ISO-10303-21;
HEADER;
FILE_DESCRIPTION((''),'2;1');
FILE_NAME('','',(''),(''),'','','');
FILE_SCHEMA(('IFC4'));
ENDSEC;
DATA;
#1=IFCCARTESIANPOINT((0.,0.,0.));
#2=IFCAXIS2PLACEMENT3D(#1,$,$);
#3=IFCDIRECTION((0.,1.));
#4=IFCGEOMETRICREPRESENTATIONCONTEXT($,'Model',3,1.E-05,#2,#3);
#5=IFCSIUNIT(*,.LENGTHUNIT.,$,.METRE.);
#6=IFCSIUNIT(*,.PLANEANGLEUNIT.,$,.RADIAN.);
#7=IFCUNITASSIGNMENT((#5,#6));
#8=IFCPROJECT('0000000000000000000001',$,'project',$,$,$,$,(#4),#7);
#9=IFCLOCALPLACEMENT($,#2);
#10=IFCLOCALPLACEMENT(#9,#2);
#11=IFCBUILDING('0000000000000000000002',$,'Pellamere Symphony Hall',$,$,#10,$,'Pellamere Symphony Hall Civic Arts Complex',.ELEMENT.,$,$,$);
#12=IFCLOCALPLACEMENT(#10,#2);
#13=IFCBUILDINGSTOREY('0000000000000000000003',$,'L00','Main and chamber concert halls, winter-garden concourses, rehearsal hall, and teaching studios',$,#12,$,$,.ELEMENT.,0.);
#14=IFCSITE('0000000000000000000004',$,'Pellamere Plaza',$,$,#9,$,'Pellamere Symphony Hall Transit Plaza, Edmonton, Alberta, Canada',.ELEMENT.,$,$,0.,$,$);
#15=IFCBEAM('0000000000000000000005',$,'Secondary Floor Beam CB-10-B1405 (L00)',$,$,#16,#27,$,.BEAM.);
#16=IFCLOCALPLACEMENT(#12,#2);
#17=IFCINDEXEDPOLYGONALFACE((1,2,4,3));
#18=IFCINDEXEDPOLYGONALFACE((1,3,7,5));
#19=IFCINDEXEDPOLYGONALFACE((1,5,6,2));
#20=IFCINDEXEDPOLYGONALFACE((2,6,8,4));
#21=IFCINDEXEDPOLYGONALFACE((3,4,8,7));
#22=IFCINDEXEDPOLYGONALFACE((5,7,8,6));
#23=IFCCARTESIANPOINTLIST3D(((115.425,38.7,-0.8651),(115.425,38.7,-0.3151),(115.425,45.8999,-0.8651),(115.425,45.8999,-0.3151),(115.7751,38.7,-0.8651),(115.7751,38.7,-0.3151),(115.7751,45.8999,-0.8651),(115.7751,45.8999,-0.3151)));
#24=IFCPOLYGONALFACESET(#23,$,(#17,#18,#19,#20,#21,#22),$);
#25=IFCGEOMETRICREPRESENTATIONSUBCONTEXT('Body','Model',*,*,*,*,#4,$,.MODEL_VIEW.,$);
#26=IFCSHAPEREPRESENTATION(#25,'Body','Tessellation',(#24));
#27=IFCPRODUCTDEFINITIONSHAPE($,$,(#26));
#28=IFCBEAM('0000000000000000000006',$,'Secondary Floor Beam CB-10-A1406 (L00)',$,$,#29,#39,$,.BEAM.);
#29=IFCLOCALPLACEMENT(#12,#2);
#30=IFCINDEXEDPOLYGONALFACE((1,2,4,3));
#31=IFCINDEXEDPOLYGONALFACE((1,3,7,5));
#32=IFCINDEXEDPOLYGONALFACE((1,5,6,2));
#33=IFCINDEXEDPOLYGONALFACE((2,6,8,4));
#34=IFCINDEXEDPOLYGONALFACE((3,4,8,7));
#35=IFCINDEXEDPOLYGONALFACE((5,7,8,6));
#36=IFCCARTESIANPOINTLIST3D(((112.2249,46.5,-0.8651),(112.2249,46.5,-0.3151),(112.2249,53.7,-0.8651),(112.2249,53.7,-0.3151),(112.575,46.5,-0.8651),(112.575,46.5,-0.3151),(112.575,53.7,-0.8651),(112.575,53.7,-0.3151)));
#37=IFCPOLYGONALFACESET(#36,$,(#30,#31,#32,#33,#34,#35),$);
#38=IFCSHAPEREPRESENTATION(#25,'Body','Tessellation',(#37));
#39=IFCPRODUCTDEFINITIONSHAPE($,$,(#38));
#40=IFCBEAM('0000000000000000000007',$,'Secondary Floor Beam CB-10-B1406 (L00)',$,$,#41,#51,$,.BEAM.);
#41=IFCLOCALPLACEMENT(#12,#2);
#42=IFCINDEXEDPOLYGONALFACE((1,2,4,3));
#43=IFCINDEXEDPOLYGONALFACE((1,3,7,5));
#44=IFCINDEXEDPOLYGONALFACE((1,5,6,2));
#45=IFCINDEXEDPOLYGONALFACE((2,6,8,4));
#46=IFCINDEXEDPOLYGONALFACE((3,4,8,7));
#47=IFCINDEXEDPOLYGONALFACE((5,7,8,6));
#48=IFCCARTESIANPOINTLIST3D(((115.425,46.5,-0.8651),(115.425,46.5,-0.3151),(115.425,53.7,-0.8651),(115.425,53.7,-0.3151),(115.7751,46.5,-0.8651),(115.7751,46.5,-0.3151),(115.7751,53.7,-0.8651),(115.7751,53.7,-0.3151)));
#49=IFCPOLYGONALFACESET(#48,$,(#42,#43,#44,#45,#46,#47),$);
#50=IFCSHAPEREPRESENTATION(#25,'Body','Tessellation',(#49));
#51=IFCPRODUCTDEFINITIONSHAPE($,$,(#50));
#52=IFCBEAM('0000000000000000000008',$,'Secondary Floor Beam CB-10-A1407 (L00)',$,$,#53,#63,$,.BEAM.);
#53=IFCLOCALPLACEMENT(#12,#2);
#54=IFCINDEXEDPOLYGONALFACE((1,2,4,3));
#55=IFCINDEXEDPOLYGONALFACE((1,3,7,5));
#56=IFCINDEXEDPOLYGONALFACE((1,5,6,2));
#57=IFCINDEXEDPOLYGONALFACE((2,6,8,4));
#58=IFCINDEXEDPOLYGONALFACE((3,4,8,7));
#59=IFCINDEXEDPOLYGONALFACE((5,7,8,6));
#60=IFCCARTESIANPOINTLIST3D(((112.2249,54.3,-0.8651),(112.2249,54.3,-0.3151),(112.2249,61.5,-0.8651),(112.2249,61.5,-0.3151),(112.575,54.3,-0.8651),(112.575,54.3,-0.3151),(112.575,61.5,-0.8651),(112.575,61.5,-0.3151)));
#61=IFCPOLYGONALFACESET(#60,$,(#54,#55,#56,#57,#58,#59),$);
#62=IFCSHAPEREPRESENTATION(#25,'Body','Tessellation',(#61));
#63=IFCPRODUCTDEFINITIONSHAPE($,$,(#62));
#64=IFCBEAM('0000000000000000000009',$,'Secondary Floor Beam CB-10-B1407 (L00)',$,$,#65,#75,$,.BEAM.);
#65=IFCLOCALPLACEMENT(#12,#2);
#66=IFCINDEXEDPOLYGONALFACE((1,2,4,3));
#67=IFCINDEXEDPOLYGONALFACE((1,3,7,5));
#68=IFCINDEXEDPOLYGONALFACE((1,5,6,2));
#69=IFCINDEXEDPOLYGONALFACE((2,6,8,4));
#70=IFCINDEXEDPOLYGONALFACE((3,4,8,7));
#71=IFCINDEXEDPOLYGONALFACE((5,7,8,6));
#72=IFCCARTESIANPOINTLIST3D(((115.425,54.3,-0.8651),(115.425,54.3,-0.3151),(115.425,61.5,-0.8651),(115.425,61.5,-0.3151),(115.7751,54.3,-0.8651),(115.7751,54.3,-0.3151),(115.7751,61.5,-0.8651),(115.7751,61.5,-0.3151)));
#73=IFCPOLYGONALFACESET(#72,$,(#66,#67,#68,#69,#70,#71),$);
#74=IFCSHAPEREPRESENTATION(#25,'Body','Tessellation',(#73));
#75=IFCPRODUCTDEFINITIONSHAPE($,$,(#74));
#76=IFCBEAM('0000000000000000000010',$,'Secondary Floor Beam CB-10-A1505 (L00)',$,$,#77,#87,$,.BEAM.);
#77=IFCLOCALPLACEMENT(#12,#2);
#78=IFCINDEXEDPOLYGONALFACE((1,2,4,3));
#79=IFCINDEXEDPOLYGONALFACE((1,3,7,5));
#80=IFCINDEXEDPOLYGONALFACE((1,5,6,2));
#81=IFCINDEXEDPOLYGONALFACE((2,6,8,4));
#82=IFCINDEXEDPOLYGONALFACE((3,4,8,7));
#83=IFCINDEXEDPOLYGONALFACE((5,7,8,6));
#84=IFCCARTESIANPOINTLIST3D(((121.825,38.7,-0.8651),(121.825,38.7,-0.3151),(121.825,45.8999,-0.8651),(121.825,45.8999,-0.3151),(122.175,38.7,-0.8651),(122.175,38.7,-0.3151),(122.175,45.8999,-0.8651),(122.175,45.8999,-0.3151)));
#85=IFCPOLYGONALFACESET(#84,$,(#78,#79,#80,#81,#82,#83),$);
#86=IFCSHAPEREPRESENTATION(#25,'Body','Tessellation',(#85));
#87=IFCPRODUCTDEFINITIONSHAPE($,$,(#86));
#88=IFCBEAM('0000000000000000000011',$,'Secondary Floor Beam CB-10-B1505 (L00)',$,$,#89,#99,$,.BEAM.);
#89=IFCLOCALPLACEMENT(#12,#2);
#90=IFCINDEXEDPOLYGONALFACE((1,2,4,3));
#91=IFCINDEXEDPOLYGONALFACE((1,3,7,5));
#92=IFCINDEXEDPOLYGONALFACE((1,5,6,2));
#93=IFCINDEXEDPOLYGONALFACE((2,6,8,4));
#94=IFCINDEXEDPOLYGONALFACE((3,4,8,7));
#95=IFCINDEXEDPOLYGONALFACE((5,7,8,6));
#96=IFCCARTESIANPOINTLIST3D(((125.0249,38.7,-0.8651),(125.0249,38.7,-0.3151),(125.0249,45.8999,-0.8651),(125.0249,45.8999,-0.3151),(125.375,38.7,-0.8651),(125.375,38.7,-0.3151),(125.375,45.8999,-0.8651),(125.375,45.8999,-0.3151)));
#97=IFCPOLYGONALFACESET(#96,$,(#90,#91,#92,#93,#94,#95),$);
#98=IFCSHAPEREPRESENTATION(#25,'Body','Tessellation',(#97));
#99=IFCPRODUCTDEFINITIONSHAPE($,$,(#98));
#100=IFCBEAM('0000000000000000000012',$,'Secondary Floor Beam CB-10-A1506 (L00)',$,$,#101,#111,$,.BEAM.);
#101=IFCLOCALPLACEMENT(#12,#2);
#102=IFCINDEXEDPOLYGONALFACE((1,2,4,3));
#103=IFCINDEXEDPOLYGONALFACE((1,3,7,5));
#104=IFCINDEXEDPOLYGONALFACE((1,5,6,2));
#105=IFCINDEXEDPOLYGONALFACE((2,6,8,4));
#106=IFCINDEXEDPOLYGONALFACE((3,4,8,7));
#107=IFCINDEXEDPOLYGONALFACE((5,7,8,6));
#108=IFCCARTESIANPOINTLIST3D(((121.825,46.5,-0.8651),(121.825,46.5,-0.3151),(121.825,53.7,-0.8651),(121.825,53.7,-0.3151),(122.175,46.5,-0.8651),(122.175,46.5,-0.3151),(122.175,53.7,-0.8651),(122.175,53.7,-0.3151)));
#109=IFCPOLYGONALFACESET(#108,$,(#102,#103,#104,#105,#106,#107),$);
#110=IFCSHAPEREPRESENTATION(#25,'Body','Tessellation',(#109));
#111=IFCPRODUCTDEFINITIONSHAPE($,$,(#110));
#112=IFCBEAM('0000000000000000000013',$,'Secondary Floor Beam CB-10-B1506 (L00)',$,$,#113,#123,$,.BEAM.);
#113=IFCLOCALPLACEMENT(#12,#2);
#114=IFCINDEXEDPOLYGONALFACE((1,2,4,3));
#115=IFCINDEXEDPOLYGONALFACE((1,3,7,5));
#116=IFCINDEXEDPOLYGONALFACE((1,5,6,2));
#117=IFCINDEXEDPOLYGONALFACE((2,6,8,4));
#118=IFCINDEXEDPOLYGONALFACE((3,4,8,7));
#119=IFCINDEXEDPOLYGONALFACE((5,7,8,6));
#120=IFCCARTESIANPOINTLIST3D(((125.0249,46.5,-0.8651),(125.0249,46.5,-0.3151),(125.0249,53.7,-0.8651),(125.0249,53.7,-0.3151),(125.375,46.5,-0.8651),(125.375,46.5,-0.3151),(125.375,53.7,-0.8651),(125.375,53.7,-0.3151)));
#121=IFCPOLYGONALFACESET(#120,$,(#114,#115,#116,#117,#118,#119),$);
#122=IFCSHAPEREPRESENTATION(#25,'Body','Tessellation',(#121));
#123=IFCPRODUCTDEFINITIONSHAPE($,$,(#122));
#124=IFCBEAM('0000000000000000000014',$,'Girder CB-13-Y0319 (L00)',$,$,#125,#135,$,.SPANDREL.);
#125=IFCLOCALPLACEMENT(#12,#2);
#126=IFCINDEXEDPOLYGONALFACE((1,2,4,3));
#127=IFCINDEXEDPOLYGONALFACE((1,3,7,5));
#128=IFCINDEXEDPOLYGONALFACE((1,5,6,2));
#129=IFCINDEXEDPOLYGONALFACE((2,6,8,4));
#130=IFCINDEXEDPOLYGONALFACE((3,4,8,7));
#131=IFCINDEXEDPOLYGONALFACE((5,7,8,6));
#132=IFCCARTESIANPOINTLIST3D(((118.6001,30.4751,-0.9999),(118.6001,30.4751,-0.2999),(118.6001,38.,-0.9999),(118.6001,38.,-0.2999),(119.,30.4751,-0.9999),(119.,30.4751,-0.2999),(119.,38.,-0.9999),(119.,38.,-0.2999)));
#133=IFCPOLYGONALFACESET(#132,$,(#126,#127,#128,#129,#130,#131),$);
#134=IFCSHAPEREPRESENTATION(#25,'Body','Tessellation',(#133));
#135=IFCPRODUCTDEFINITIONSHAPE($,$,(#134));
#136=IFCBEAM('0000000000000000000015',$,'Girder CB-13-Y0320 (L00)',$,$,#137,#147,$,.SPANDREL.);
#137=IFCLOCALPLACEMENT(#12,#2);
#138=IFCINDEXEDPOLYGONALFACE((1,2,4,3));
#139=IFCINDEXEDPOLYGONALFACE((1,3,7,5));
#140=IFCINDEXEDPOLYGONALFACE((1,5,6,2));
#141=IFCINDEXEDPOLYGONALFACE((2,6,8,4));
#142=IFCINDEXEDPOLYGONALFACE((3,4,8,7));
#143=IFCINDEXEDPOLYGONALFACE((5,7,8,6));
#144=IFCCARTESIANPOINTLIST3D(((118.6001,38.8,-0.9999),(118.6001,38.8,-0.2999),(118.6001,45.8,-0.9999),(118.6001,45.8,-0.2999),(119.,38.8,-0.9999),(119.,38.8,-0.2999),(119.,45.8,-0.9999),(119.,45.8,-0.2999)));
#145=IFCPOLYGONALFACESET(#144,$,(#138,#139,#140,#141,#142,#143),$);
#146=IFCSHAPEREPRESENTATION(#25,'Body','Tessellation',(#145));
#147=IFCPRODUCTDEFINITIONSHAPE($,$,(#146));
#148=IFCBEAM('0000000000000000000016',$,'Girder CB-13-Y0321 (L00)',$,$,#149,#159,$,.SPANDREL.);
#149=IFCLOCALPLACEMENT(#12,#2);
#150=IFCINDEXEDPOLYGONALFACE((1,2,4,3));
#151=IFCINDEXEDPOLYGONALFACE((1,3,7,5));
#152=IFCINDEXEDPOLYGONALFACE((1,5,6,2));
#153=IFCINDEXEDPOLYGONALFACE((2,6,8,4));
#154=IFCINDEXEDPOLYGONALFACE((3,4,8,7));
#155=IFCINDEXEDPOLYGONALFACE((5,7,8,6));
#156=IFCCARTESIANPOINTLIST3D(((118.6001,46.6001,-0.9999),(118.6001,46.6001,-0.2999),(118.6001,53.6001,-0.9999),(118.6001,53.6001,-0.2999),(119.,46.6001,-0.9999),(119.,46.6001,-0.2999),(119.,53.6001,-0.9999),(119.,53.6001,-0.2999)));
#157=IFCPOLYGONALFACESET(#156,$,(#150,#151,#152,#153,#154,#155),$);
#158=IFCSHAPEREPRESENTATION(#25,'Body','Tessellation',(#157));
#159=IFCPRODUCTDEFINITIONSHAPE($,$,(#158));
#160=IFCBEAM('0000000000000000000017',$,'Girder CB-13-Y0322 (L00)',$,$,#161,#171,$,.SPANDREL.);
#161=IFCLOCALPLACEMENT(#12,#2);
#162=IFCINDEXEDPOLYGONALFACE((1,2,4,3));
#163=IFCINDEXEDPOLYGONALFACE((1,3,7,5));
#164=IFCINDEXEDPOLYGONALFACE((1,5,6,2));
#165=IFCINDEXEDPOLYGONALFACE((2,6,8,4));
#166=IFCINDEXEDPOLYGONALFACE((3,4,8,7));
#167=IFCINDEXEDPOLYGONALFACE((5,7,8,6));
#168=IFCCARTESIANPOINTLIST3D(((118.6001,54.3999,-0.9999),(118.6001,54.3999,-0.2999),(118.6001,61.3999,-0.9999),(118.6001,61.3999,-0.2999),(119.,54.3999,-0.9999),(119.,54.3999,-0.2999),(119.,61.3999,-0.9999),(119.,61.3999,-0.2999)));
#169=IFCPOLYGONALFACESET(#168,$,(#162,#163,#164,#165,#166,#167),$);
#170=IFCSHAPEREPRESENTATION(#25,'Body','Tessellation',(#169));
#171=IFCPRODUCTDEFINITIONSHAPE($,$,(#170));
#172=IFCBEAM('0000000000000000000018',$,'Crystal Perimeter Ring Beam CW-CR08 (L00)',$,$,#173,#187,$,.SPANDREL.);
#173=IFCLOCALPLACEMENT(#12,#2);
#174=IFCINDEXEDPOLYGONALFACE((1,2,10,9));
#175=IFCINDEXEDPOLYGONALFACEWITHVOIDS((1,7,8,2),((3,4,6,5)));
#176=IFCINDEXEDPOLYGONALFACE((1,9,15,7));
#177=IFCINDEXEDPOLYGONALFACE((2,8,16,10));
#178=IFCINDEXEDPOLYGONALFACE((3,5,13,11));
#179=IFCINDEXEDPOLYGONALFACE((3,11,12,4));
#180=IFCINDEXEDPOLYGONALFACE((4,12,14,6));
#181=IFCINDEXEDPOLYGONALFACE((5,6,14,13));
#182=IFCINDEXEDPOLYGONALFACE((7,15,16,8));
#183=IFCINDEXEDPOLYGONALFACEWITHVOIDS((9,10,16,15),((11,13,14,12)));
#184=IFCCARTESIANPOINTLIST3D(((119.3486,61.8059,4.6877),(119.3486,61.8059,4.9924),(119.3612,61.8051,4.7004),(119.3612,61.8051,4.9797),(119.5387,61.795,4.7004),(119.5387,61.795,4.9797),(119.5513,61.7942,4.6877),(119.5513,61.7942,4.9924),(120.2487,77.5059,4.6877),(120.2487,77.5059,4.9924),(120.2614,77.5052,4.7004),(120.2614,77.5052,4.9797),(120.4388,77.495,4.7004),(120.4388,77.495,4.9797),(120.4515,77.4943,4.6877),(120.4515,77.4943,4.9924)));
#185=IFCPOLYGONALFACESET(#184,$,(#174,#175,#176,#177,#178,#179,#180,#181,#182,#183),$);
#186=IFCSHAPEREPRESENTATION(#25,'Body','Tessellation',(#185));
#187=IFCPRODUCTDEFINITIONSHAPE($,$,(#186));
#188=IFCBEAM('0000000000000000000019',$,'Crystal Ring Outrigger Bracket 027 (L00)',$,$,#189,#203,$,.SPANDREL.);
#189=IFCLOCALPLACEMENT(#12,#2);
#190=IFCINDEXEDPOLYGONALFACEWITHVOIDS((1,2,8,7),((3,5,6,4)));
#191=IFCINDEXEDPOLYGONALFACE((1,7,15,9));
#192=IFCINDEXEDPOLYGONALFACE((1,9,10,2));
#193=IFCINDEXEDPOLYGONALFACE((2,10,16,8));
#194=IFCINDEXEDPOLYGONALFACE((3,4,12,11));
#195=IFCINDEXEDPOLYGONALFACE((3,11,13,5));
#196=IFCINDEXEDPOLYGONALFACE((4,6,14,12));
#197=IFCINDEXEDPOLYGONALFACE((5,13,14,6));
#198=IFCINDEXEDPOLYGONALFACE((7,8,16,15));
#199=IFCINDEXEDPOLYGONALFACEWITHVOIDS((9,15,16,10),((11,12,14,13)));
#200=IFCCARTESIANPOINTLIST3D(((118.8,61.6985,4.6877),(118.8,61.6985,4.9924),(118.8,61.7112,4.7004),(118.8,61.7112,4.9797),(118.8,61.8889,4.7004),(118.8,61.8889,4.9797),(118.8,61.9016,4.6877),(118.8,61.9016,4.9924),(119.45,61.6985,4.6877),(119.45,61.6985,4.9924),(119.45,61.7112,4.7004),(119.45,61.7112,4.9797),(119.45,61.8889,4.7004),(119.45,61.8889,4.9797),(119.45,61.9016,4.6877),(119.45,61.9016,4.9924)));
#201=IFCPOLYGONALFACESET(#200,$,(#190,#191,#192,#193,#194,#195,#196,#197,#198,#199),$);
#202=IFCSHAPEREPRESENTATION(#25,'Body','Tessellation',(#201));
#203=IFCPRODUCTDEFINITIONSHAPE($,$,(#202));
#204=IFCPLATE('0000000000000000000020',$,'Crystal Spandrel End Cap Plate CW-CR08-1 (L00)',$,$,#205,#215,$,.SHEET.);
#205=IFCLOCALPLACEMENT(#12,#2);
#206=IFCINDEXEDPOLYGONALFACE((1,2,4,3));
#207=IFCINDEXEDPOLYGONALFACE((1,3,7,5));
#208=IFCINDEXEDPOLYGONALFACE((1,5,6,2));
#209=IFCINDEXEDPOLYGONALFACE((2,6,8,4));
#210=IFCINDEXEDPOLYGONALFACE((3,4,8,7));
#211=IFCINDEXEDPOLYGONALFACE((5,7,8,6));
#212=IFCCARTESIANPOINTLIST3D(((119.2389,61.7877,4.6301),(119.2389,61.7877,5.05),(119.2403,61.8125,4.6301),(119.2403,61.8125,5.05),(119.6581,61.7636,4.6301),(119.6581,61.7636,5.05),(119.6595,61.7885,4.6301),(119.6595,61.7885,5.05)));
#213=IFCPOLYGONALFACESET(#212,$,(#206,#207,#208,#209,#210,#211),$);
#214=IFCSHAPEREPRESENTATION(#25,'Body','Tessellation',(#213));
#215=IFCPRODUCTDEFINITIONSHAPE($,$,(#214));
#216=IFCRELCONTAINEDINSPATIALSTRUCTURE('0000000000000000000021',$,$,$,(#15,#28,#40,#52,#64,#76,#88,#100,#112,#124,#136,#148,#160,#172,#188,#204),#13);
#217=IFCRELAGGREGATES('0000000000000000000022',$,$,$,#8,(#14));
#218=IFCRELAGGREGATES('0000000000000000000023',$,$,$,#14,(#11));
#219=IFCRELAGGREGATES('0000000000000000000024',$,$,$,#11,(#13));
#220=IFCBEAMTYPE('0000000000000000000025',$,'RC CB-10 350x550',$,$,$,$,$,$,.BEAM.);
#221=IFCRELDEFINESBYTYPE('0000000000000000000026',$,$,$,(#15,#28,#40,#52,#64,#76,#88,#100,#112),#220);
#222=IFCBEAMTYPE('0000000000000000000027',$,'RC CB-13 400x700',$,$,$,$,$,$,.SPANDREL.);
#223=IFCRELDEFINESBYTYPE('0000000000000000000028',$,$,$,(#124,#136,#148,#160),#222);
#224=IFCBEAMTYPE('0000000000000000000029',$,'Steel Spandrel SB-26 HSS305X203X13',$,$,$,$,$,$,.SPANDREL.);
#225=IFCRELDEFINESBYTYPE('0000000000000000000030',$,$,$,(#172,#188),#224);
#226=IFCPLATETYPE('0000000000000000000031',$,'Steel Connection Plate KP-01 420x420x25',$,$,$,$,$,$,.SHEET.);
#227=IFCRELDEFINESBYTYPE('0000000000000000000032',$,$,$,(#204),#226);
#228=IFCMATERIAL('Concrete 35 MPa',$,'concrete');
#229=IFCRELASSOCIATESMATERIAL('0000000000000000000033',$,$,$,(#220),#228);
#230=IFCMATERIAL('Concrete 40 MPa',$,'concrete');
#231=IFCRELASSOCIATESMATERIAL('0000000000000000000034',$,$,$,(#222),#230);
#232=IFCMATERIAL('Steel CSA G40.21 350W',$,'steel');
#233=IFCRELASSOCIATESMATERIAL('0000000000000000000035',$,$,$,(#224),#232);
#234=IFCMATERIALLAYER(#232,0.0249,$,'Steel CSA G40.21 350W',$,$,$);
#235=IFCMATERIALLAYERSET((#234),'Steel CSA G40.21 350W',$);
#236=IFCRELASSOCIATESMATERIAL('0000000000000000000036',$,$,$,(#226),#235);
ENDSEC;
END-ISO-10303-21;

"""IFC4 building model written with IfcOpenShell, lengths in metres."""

from ifc_helpers import new_model, si_unit, direction, frame, origin, origin_2d, place, context, subcontext, project, spatial, rectangle, hollow_rectangle, extrude, material, layer, layer_set, material_profile, profile_set, type_object, element, save


model = new_model("IFC4")

# Units and contexts
model_context = context("Model", 3, precision=1e-05, world=origin(), true_north=direction((0.0, 1.0)))
body_context = subcontext(model_context, "Body", "Model", "MODEL_VIEW")
ifc_project = project(units=[si_unit("LENGTHUNIT", "METRE"), si_unit("PLANEANGLEUNIT", "RADIAN")], contexts=[model_context])

# Site, building, storey
site_placement = place(None, origin())
site = spatial("IfcSite", under=ifc_project, at=site_placement, Name="Pellamere Plaza", LongName="Pellamere Symphony Hall Transit Plaza, Edmonton, Alberta, Canada", CompositionType="ELEMENT", RefElevation=0.0)
building_placement = place(site_placement, origin())
building = spatial("IfcBuilding", under=site, at=building_placement, Name="Pellamere Symphony Hall", LongName="Pellamere Symphony Hall Civic Arts Complex", CompositionType="ELEMENT")
storey_placement = place(building_placement, origin())
storey = spatial("IfcBuildingStorey", under=building, at=storey_placement, Name="L00", Description="Main and chamber concert halls, winter-garden concourses, rehearsal hall, and teaching studios", CompositionType="ELEMENT", Elevation=0.0)

# Shared definitions
ifc_material_1 = material(Name="Concrete 40 MPa", Category="concrete")

# Beams
ifc_material_2 = material(Name="Concrete 35 MPa", Category="concrete")
ifc_material_profile_1 = material_profile(ifc_material_2, rectangle(XDim=0.3501, YDim=0.55, at=origin_2d()), Name="RC 350x550")
ifc_profile_set_1 = profile_set([ifc_material_profile_1], Name="Concrete 35 MPa")
beam_type_1 = type_object("IfcBeamType", Name="RC CB-10 350x550", PredefinedType="BEAM", material=ifc_profile_set_1)
for number, where, z_axis, x_axis, name in (
    (1, (115.6001, 38.7, -0.5901), (0.0, 1.0, 0.0), (-1.0, 0.0, 0.0), "Secondary Floor Beam CB-10-B1405 (L00)"),
    (2, (112.3999, 46.5, -0.5901), (0.0, 1.0, 0.0), (-1.0, 0.0, 0.0), "Secondary Floor Beam CB-10-A1406 (L00)"),
    (3, (115.6001, 46.5, -0.5901), (0.0, 1.0, 0.0), (-1.0, 0.0, 0.0), "Secondary Floor Beam CB-10-B1406 (L00)"),
    (4, (112.3999, 54.3, -0.5901), (0.0, 1.0, 0.0), (-1.0, 0.0, 0.0), "Secondary Floor Beam CB-10-A1407 (L00)"),
    (5, (115.6001, 54.3, -0.5901), (0.0, 1.0, 0.0), (-1.0, 0.0, 0.0), "Secondary Floor Beam CB-10-B1407 (L00)"),
    (6, (122.0, 38.7, -0.5901), (0.0, 1.0, 0.0), (-1.0, 0.0, 0.0), "Secondary Floor Beam CB-10-A1505 (L00)"),
    (7, (125.2, 38.7, -0.5901), (0.0, 1.0, 0.0), (-1.0, 0.0, 0.0), "Secondary Floor Beam CB-10-B1505 (L00)"),
    (8, (122.0, 46.5, -0.5901), (0.0, 1.0, 0.0), (-1.0, 0.0, 0.0), "Secondary Floor Beam CB-10-A1506 (L00)"),
    (9, (125.2, 46.5, -0.5901), (0.0, 1.0, 0.0), (-1.0, 0.0, 0.0), "Secondary Floor Beam CB-10-B1506 (L00)"),
):
    element("IfcBeam", number, at=place(storey_placement, frame(where, z_axis=z_axis, x_axis=x_axis)), inside=storey, type_object=beam_type_1, Name=name, PredefinedType="BEAM", context=body_context, shape_type="SweptSolid", body=[
        extrude(rectangle(XDim=0.3501, YDim=0.55, at=origin_2d()), origin(), (0.0, 0.0, 1.0), 7.2),
    ])
ifc_material_profile_2 = material_profile(ifc_material_1, rectangle(XDim=0.3999, YDim=0.7, at=origin_2d()), Name="RC 400x700")
ifc_profile_set_2 = profile_set([ifc_material_profile_2], Name="Concrete 40 MPa")
beam_type_2 = type_object("IfcBeamType", Name="RC CB-13 400x700", PredefinedType="SPANDREL", material=ifc_profile_set_2)
beam_1_placement = place(storey_placement, frame((118.8, 30.4751, -0.6499), z_axis=(0.0, 1.0, 0.0), x_axis=(-1.0, 0.0, 0.0)))
element("IfcBeam", 10, at=beam_1_placement, inside=storey, type_object=beam_type_2, Name="Girder CB-13-Y0319 (L00)", PredefinedType="SPANDREL", context=body_context, shape_type="SweptSolid", body=[
    extrude(rectangle(XDim=0.3999, YDim=0.7, at=origin_2d()), origin(), (0.0, 0.0, 1.0), 7.5249),
])
for number, where, z_axis, x_axis, name in (
    (11, (118.8, 38.8, -0.6499), (0.0, 1.0, 0.0), (-1.0, 0.0, 0.0), "Girder CB-13-Y0320 (L00)"),
    (12, (118.8, 46.6001, -0.6499), (0.0, 1.0, 0.0), (-1.0, 0.0, 0.0), "Girder CB-13-Y0321 (L00)"),
    (13, (118.8, 54.3999, -0.6499), (0.0, 1.0, 0.0), (-1.0, 0.0, 0.0), "Girder CB-13-Y0322 (L00)"),
):
    element("IfcBeam", number, at=place(storey_placement, frame(where, z_axis=z_axis, x_axis=x_axis)), inside=storey, type_object=beam_type_2, Name=name, PredefinedType="SPANDREL", context=body_context, shape_type="SweptSolid", body=[
        extrude(rectangle(XDim=0.3999, YDim=0.7, at=origin_2d()), origin(), (0.0, 0.0, 1.0), 7.0),
    ])
ifc_material_3 = material(Name="Steel CSA G40.21 350W", Category="steel")
ifc_material_profile_3 = material_profile(ifc_material_3, hollow_rectangle(XDim=0.2031, YDim=0.3047, WallThickness=0.0127, at=origin_2d()), Name="HSS305X203X13")
ifc_profile_set_3 = profile_set([ifc_material_profile_3], Name="Steel CSA G40.21 350W")
beam_type_3 = type_object("IfcBeamType", Name="Steel Spandrel SB-26 HSS305X203X13", PredefinedType="SPANDREL", material=ifc_profile_set_3)
beam_2_placement = place(storey_placement, frame((119.45, 61.8, 4.8401), z_axis=(0.05724, 0.99836, 0.0), x_axis=(-0.99836, 0.05724, 0.0)))
element("IfcBeam", 14, at=beam_2_placement, inside=storey, type_object=beam_type_3, Name="Crystal Perimeter Ring Beam CW-CR08 (L00)", PredefinedType="SPANDREL", context=body_context, shape_type="SweptSolid", body=[
    extrude(hollow_rectangle(XDim=0.2031, YDim=0.3047, WallThickness=0.0127, at=origin_2d()), origin(), (0.0, 0.0, 1.0), 15.7258),
])
beam_3_placement = place(storey_placement, frame((118.8, 61.8, 4.8401), z_axis=(1.0, 0.0, 0.0), x_axis=(0.0, 1.0, 0.0)))
element("IfcBeam", 15, at=beam_3_placement, inside=storey, type_object=beam_type_3, Name="Crystal Ring Outrigger Bracket 027 (L00)", PredefinedType="SPANDREL", context=body_context, shape_type="SweptSolid", body=[
    extrude(hollow_rectangle(XDim=0.2031, YDim=0.3047, WallThickness=0.0127, at=origin_2d()), origin(), (0.0, 0.0, 1.0), 0.6499),
])

# Plate
ifc_layer = layer(ifc_material_3, 0.0249, Name="Steel CSA G40.21 350W")
ifc_layer_set = layer_set([ifc_layer], Name="Steel CSA G40.21 350W")
plate_type = type_object("IfcPlateType", Name="Steel Connection Plate KP-01 420x420x25", PredefinedType="SHEET", material=ifc_layer_set)
for number, where, z_axis, x_axis, name in (
    (16, (119.4492, 61.7881, 4.6301), (0.0, 0.0, 1.0), (0.057216, 0.998362, 0.0), "Crystal Spandrel End Cap Plate CW-CR08-1 (L00)"),
):
    element("IfcPlate", number, at=place(storey_placement, frame(where, z_axis=z_axis, x_axis=x_axis)), inside=storey, type_object=plate_type, Name=name, PredefinedType="SHEET", context=body_context, shape_type="SweptSolid", body=[
        extrude(rectangle(XDim=0.0249, YDim=0.4199, at=origin_2d()), origin(), (0.0, 0.0, 1.0), 0.4199),
    ])

save(model, "model.ifc")
